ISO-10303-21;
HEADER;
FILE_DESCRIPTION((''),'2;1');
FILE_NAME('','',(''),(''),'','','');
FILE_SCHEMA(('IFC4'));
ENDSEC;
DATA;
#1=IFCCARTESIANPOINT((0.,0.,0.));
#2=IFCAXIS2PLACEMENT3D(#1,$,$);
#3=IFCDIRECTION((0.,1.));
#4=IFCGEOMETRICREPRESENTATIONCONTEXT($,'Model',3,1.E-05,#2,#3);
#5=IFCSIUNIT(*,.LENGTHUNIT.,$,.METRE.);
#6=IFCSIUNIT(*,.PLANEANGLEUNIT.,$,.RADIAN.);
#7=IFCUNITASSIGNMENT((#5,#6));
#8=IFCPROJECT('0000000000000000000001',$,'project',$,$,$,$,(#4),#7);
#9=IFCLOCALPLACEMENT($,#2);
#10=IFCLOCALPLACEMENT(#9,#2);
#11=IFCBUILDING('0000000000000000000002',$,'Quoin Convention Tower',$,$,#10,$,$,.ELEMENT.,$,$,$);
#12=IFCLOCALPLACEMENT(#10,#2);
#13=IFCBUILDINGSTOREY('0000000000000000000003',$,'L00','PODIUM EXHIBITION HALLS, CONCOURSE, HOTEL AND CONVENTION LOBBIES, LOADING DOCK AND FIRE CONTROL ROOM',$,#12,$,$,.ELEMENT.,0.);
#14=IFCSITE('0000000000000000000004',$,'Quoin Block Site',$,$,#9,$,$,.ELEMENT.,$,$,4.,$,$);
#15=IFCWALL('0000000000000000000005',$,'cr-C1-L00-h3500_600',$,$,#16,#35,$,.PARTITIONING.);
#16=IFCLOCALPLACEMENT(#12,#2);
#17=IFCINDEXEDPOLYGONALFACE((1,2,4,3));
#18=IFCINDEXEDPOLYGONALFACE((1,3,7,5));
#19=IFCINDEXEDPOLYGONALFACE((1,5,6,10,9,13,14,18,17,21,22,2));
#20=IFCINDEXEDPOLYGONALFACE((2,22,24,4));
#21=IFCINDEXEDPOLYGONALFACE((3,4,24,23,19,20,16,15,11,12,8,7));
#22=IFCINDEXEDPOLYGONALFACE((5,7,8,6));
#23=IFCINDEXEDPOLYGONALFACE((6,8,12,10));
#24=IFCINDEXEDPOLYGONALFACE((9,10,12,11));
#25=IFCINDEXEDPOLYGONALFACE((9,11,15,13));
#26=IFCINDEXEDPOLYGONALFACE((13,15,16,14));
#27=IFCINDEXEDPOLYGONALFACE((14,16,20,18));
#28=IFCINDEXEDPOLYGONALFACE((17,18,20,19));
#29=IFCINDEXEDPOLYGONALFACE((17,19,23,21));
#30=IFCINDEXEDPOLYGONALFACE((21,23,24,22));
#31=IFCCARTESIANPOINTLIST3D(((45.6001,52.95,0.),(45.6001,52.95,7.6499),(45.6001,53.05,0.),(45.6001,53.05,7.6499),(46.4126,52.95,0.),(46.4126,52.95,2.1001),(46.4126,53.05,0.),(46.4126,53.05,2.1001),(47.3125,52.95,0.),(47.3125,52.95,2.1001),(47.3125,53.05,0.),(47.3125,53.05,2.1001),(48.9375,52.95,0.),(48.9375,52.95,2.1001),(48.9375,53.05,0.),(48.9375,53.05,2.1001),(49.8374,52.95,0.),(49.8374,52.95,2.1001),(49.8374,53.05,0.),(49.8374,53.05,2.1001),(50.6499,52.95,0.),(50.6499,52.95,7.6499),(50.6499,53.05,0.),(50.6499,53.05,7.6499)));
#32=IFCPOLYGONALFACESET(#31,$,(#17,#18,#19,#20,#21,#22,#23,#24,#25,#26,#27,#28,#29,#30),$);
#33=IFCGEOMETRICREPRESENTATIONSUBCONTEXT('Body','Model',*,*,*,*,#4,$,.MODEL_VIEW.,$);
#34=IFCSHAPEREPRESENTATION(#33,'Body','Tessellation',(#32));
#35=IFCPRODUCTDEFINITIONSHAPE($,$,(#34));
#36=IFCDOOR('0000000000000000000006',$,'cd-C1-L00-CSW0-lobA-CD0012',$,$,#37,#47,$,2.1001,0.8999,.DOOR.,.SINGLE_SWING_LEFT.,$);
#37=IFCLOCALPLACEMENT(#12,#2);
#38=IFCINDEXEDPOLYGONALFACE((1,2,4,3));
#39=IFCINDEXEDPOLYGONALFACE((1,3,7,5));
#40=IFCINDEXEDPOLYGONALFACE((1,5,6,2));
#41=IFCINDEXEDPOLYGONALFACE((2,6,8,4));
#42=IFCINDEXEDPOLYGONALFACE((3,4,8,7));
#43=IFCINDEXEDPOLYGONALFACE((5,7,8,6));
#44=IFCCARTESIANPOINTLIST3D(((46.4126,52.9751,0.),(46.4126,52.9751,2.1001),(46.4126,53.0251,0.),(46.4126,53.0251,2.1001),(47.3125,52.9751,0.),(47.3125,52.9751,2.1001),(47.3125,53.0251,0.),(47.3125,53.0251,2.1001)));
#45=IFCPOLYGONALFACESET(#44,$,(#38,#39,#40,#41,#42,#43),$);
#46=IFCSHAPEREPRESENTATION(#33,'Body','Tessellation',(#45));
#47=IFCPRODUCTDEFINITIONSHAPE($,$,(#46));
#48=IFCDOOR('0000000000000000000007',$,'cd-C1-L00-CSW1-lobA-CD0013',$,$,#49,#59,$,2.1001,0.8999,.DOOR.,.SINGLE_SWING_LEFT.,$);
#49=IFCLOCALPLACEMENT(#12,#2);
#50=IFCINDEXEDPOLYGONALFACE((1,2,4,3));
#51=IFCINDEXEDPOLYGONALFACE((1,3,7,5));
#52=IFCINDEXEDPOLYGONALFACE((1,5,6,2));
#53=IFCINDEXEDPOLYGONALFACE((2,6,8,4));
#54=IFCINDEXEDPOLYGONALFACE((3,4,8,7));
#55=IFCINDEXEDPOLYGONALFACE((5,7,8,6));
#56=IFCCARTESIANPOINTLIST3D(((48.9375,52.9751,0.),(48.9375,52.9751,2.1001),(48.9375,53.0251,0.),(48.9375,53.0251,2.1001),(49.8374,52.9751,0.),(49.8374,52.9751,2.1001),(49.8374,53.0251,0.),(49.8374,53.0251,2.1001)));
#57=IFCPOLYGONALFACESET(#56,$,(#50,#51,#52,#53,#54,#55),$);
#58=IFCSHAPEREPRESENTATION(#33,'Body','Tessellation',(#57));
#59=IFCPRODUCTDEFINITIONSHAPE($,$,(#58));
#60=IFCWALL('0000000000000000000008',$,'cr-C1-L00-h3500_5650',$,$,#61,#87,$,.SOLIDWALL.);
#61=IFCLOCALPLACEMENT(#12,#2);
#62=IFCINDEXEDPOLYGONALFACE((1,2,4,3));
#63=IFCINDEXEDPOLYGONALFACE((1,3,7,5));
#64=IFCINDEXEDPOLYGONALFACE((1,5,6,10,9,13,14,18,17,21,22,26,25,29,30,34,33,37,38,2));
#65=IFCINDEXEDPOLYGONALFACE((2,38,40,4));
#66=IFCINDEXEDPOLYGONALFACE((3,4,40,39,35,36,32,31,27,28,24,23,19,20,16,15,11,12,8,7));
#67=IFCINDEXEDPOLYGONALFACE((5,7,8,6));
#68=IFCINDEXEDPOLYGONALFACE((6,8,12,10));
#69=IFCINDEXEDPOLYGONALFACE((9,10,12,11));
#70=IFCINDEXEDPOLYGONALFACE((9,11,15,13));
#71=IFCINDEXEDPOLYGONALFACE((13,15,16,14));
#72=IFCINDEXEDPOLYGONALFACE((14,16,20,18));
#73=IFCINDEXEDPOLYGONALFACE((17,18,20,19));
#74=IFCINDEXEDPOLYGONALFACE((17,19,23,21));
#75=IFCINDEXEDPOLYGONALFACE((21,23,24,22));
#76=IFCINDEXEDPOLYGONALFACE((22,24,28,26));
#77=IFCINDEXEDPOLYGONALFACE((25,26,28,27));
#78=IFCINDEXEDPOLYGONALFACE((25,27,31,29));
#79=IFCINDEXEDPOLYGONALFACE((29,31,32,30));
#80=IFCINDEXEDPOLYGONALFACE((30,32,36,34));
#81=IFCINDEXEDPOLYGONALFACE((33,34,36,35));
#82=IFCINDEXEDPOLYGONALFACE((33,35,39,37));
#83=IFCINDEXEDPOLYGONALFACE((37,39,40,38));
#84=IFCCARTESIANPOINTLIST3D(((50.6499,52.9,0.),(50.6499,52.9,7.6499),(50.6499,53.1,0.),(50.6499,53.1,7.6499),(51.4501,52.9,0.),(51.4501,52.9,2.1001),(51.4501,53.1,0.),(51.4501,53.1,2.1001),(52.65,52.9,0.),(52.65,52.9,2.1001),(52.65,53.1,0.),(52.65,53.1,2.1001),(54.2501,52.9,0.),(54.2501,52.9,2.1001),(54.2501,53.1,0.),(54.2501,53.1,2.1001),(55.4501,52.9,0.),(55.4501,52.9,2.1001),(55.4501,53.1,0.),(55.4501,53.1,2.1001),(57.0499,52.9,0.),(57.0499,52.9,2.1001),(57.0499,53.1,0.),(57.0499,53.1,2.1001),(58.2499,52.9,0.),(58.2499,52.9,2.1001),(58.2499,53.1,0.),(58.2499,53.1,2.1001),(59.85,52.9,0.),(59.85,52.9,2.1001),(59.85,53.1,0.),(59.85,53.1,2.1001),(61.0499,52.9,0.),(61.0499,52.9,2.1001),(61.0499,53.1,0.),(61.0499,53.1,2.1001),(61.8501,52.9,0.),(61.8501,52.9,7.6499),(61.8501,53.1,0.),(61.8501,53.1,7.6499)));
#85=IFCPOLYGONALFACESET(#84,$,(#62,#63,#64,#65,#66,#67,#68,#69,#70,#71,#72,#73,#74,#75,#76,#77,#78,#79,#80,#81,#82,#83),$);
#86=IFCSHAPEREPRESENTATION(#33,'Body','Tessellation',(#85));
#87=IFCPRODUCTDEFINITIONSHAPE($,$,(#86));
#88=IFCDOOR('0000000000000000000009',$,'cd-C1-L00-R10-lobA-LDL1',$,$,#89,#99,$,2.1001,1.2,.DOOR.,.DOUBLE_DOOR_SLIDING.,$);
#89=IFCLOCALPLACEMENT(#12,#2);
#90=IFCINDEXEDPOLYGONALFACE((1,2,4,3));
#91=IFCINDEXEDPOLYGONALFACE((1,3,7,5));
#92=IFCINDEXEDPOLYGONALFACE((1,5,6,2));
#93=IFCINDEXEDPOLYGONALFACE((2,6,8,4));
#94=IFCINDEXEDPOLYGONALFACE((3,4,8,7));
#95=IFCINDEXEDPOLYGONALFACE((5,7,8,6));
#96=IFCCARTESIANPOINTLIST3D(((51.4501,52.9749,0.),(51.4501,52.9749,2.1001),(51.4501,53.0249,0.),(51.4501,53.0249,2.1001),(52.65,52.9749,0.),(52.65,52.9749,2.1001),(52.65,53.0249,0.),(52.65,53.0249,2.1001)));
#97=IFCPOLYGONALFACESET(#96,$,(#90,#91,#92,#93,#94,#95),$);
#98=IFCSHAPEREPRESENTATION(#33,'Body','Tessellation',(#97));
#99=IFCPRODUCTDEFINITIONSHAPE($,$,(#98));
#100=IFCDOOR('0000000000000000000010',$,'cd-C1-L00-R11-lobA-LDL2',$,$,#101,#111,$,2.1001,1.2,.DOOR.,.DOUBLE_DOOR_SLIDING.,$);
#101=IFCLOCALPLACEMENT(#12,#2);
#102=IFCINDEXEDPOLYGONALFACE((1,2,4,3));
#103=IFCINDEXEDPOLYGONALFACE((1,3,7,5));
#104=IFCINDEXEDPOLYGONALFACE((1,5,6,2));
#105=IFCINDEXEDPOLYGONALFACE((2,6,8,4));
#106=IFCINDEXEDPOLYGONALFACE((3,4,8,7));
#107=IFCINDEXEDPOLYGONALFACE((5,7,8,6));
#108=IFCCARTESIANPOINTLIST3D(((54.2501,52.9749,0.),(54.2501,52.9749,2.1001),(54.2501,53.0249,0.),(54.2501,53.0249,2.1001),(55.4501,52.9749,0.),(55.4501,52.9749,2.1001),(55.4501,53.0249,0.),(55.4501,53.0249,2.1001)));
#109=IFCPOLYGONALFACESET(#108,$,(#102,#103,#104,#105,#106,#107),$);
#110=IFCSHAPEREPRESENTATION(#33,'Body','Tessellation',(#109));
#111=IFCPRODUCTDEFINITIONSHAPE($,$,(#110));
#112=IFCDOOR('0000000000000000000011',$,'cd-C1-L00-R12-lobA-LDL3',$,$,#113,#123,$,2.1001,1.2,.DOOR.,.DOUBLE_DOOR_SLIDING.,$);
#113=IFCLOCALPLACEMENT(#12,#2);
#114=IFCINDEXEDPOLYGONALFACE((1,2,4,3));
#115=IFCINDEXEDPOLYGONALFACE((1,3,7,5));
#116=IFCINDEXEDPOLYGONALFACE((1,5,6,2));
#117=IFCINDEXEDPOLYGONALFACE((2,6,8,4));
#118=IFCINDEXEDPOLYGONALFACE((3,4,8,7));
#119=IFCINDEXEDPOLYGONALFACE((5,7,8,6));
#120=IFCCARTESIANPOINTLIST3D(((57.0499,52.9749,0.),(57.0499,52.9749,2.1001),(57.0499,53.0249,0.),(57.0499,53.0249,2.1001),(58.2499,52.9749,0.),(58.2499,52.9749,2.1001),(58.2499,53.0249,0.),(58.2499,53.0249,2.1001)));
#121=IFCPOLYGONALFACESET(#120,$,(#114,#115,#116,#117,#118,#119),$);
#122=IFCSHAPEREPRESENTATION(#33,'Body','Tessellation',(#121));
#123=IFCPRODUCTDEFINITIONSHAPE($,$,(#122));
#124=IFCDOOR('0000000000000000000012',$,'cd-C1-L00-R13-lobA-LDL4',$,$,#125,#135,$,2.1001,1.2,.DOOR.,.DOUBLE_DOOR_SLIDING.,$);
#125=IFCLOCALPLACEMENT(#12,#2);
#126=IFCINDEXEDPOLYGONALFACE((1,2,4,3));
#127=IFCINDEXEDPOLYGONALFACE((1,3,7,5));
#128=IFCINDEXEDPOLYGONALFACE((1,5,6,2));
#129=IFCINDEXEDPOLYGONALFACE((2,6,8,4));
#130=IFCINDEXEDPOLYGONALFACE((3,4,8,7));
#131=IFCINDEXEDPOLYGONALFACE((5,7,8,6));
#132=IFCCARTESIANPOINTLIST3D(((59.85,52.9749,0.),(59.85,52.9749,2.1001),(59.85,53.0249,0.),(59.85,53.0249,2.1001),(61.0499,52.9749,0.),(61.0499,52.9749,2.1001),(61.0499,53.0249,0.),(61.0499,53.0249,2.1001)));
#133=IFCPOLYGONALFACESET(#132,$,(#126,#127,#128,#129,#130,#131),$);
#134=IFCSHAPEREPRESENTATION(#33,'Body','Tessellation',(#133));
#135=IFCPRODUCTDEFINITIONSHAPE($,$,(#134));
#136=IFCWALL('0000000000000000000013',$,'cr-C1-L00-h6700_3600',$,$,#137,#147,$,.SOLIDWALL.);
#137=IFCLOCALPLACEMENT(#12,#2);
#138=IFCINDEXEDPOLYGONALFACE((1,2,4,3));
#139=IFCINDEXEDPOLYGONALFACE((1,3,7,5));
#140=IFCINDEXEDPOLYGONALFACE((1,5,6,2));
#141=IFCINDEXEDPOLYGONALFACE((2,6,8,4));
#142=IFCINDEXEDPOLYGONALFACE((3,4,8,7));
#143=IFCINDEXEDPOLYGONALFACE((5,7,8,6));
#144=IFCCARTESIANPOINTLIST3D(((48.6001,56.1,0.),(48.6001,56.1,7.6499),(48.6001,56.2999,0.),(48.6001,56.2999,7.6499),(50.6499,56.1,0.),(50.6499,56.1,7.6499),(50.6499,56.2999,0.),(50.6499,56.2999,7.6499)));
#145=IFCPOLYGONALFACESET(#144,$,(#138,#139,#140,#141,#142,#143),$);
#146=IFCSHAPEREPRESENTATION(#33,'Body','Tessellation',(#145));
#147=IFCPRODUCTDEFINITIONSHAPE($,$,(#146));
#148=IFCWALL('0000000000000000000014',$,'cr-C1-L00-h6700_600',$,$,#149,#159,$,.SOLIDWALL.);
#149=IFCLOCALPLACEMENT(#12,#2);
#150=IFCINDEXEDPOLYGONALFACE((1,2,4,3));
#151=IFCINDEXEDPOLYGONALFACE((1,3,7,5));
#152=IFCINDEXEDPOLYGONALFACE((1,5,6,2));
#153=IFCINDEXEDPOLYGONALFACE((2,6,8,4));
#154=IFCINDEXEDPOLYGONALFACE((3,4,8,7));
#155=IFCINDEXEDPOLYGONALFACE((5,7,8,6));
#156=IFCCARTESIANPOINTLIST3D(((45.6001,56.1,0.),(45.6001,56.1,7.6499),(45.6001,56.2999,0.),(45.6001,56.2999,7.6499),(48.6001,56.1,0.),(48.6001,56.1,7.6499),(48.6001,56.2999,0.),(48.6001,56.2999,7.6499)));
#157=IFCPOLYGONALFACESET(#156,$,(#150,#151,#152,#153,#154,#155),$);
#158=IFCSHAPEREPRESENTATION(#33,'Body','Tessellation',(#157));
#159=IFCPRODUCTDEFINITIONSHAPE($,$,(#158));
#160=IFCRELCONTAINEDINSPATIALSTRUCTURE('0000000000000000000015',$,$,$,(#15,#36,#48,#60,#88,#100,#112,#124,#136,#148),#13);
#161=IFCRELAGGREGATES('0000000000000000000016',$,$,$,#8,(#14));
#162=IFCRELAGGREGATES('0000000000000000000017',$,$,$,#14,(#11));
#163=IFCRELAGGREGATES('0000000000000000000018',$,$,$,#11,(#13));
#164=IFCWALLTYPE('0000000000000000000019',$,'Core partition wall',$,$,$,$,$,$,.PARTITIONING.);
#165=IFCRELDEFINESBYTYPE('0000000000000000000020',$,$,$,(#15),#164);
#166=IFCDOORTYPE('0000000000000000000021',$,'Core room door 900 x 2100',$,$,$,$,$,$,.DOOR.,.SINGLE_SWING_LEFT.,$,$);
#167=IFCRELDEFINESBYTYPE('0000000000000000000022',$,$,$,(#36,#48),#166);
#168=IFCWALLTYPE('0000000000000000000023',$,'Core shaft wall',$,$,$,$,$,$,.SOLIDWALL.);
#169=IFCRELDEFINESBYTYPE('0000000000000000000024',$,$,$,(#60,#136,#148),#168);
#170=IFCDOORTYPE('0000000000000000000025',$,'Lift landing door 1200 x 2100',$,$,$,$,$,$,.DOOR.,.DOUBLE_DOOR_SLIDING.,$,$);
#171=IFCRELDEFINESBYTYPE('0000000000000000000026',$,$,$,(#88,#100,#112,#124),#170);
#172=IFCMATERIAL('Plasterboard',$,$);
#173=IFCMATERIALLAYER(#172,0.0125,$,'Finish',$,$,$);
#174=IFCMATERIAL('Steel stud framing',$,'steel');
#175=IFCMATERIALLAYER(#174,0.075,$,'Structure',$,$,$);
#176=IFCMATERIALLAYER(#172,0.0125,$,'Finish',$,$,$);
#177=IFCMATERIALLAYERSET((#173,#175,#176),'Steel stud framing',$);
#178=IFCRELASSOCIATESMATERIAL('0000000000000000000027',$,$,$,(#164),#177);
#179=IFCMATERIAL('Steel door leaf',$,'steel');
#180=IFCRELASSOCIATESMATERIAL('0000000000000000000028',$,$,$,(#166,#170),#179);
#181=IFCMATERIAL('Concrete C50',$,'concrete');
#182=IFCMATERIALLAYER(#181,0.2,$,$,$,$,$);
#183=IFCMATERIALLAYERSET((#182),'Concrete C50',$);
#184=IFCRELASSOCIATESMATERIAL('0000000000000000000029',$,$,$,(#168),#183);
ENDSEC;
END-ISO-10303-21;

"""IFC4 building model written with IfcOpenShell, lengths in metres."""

from ifc_helpers import new_model, si_unit, direction, frame, frame_2d, origin, place, context, subcontext, project, spatial, rectangle, extrude, material, layer, layer_set, type_object, element, fill, save


model = new_model("IFC4")

# Units and contexts
model_context = context("Model", 3, precision=1e-05, world=origin(), true_north=direction((0.0, 1.0)))
body_context = subcontext(model_context, "Body", "Model", "MODEL_VIEW")
ifc_project = project(units=[si_unit("LENGTHUNIT", "METRE"), si_unit("PLANEANGLEUNIT", "RADIAN")], contexts=[model_context])

# Site, building, storey
site_placement = place(None, origin())
site = spatial("IfcSite", under=ifc_project, at=site_placement, Name="Quoin Block Site", CompositionType="ELEMENT", RefElevation=4.0)
building_placement = place(site_placement, origin())
building = spatial("IfcBuilding", under=site, at=building_placement, Name="Quoin Convention Tower", CompositionType="ELEMENT")
storey_placement = place(building_placement, origin())
storey = spatial("IfcBuildingStorey", under=building, at=storey_placement, Name="L00", Description="PODIUM EXHIBITION HALLS, CONCOURSE, HOTEL AND CONVENTION LOBBIES, LOADING DOCK AND FIRE CONTROL ROOM", CompositionType="ELEMENT", Elevation=0.0)

# Walls, openings, doors
ifc_material_1 = material(Name="Plasterboard")
ifc_layer_1 = layer(ifc_material_1, 0.0125, Name="Finish")
ifc_material_2 = material(Name="Steel stud framing", Category="steel")
ifc_layer_2 = layer(ifc_material_2, 0.075, Name="Structure")
ifc_layer_3 = layer(ifc_material_1, 0.0125, Name="Finish")
ifc_layer_set_1 = layer_set([ifc_layer_1, ifc_layer_2, ifc_layer_3], Name="Steel stud framing")
wall_type_1 = type_object("IfcWallType", Name="Core partition wall", PredefinedType="PARTITIONING", material=ifc_layer_set_1)
wall_1_placement = place(storey_placement, frame((45.6001, 53.0, 0.0), z_axis=(0.0, 0.0, 1.0), x_axis=(1.0, 0.0, 0.0)))
wall_1 = element("IfcWall", 1, at=wall_1_placement, inside=storey, type_object=wall_type_1, Name="cr-C1-L00-h3500_600", PredefinedType="PARTITIONING", context=body_context, shape_type="SweptSolid", body=[
    extrude(rectangle(XDim=5.0498, YDim=0.1001, at=frame_2d((2.5249, 0.0))), origin(), (0.0, 0.0, 1.0), 7.6499),
])
opening_1_placement = place(wall_1_placement, frame((0.8125, 0.0, 0.0)))
opening_1 = element("IfcOpeningElement", 2, at=opening_1_placement, cuts=wall_1, PredefinedType="OPENING", context=body_context, shape_type="SweptSolid", body=[
    extrude(rectangle(XDim=0.8999, YDim=2.1001, at=frame_2d((0.45, 1.05))), frame((0.0, 0.0601, 0.0), z_axis=(0.0, -1.0, 0.0), x_axis=(1.0, 0.0, 0.0)), (0.0, 0.0, 1.0), 0.1201),
])
opening_2_placement = place(wall_1_placement, frame((3.3374, 0.0, 0.0)))
opening_2 = element("IfcOpeningElement", 3, at=opening_2_placement, cuts=wall_1, PredefinedType="OPENING", context=body_context, shape_type="SweptSolid", body=[
    extrude(rectangle(XDim=0.8999, YDim=2.1001, at=frame_2d((0.45, 1.05))), frame((0.0, 0.0601, 0.0), z_axis=(0.0, -1.0, 0.0), x_axis=(1.0, 0.0, 0.0)), (0.0, 0.0, 1.0), 0.1201),
])
ifc_material_3 = material(Name="Steel door leaf", Category="steel")
door_type_1 = type_object("IfcDoorType", Name="Core room door 900 x 2100", OperationType="SINGLE_SWING_LEFT", PredefinedType="DOOR", material=ifc_material_3)
door_1_placement = place(opening_1_placement, frame((0.8999, 0.0, 0.0), z_axis=(0.0, 0.0, 1.0), x_axis=(-1.0, 0.0, 0.0)))
door_1 = element("IfcDoor", 4, at=door_1_placement, inside=storey, type_object=door_type_1, Name="cd-C1-L00-CSW0-lobA-CD0012", OperationType="SINGLE_SWING_LEFT", OverallHeight=2.1001, OverallWidth=0.8999, PredefinedType="DOOR", context=body_context, shape_type="SweptSolid", body=[
    extrude(rectangle(XDim=0.8999, YDim=2.1001, at=frame_2d((0.45, 1.05))), frame((0.0, 0.0249, 0.0), z_axis=(0.0, -1.0, 0.0), x_axis=(1.0, 0.0, 0.0)), (0.0, 0.0, 1.0), 0.05),
])
fill(opening_1, door_1)
door_2_placement = place(opening_2_placement, frame((0.8999, 0.0, 0.0), z_axis=(0.0, 0.0, 1.0), x_axis=(-1.0, 0.0, 0.0)))
door_2 = element("IfcDoor", 5, at=door_2_placement, inside=storey, type_object=door_type_1, Name="cd-C1-L00-CSW1-lobA-CD0013", OperationType="SINGLE_SWING_LEFT", OverallHeight=2.1001, OverallWidth=0.8999, PredefinedType="DOOR", context=body_context, shape_type="SweptSolid", body=[
    extrude(rectangle(XDim=0.8999, YDim=2.1001, at=frame_2d((0.45, 1.05))), frame((0.0, 0.0249, 0.0), z_axis=(0.0, -1.0, 0.0), x_axis=(1.0, 0.0, 0.0)), (0.0, 0.0, 1.0), 0.05),
])
fill(opening_2, door_2)
ifc_material_4 = material(Name="Concrete C50", Category="concrete")
ifc_layer_4 = layer(ifc_material_4, 0.2)
ifc_layer_set_2 = layer_set([ifc_layer_4], Name="Concrete C50")
wall_type_2 = type_object("IfcWallType", Name="Core shaft wall", PredefinedType="SOLIDWALL", material=ifc_layer_set_2)
wall_2_placement = place(storey_placement, frame((50.6499, 53.0, 0.0), z_axis=(0.0, 0.0, 1.0), x_axis=(1.0, 0.0, 0.0)))
wall_2 = element("IfcWall", 6, at=wall_2_placement, inside=storey, type_object=wall_type_2, Name="cr-C1-L00-h3500_5650", PredefinedType="SOLIDWALL", context=body_context, shape_type="SweptSolid", body=[
    extrude(rectangle(XDim=11.2002, YDim=0.2, at=frame_2d((5.6001, 0.0))), origin(), (0.0, 0.0, 1.0), 7.6499),
])
opening_3_placement = place(wall_2_placement, frame((0.8, 0.0, 0.0)))
opening_3 = element("IfcOpeningElement", 7, at=opening_3_placement, cuts=wall_2, PredefinedType="OPENING", context=body_context, shape_type="SweptSolid", body=[
    extrude(rectangle(XDim=1.2, YDim=2.1001, at=frame_2d((0.6001, 1.05))), frame((0.0, 0.1099, 0.0), z_axis=(0.0, -1.0, 0.0), x_axis=(1.0, 0.0, 0.0)), (0.0, 0.0, 1.0), 0.22),
])
opening_4_placement = place(wall_2_placement, frame((3.6001, 0.0, 0.0)))
opening_4 = element("IfcOpeningElement", 8, at=opening_4_placement, cuts=wall_2, PredefinedType="OPENING", context=body_context, shape_type="SweptSolid", body=[
    extrude(rectangle(XDim=1.2, YDim=2.1001, at=frame_2d((0.6001, 1.05))), frame((0.0, 0.1099, 0.0), z_axis=(0.0, -1.0, 0.0), x_axis=(1.0, 0.0, 0.0)), (0.0, 0.0, 1.0), 0.22),
])
opening_5_placement = place(wall_2_placement, frame((6.3999, 0.0, 0.0)))
opening_5 = element("IfcOpeningElement", 9, at=opening_5_placement, cuts=wall_2, PredefinedType="OPENING", context=body_context, shape_type="SweptSolid", body=[
    extrude(rectangle(XDim=1.2, YDim=2.1001, at=frame_2d((0.6001, 1.05))), frame((0.0, 0.1099, 0.0), z_axis=(0.0, -1.0, 0.0), x_axis=(1.0, 0.0, 0.0)), (0.0, 0.0, 1.0), 0.22),
])
opening_6_placement = place(wall_2_placement, frame((9.2, 0.0, 0.0)))
opening_6 = element("IfcOpeningElement", 10, at=opening_6_placement, cuts=wall_2, PredefinedType="OPENING", context=body_context, shape_type="SweptSolid", body=[
    extrude(rectangle(XDim=1.2, YDim=2.1001, at=frame_2d((0.6001, 1.05))), frame((0.0, 0.1099, 0.0), z_axis=(0.0, -1.0, 0.0), x_axis=(1.0, 0.0, 0.0)), (0.0, 0.0, 1.0), 0.22),
])
door_type_2 = type_object("IfcDoorType", Name="Lift landing door 1200 x 2100", OperationType="DOUBLE_DOOR_SLIDING", PredefinedType="DOOR", material=ifc_material_3)
door_3_placement = place(opening_3_placement, origin())
door_3 = element("IfcDoor", 11, at=door_3_placement, inside=storey, type_object=door_type_2, Name="cd-C1-L00-R10-lobA-LDL1", OperationType="DOUBLE_DOOR_SLIDING", OverallHeight=2.1001, OverallWidth=1.2, PredefinedType="DOOR", context=body_context, shape_type="SweptSolid", body=[
    extrude(rectangle(XDim=1.2, YDim=2.1001, at=frame_2d((0.6001, 1.05))), frame((0.0, 0.0249, 0.0), z_axis=(0.0, -1.0, 0.0), x_axis=(1.0, 0.0, 0.0)), (0.0, 0.0, 1.0), 0.05),
])
fill(opening_3, door_3)
door_4_placement = place(opening_4_placement, origin())
door_4 = element("IfcDoor", 12, at=door_4_placement, inside=storey, type_object=door_type_2, Name="cd-C1-L00-R11-lobA-LDL2", OperationType="DOUBLE_DOOR_SLIDING", OverallHeight=2.1001, OverallWidth=1.2, PredefinedType="DOOR", context=body_context, shape_type="SweptSolid", body=[
    extrude(rectangle(XDim=1.2, YDim=2.1001, at=frame_2d((0.6001, 1.05))), frame((0.0, 0.0249, 0.0), z_axis=(0.0, -1.0, 0.0), x_axis=(1.0, 0.0, 0.0)), (0.0, 0.0, 1.0), 0.05),
])
fill(opening_4, door_4)
door_5_placement = place(opening_5_placement, origin())
door_5 = element("IfcDoor", 13, at=door_5_placement, inside=storey, type_object=door_type_2, Name="cd-C1-L00-R12-lobA-LDL3", OperationType="DOUBLE_DOOR_SLIDING", OverallHeight=2.1001, OverallWidth=1.2, PredefinedType="DOOR", context=body_context, shape_type="SweptSolid", body=[
    extrude(rectangle(XDim=1.2, YDim=2.1001, at=frame_2d((0.6001, 1.05))), frame((0.0, 0.0249, 0.0), z_axis=(0.0, -1.0, 0.0), x_axis=(1.0, 0.0, 0.0)), (0.0, 0.0, 1.0), 0.05),
])
fill(opening_5, door_5)
door_6_placement = place(opening_6_placement, origin())
door_6 = element("IfcDoor", 14, at=door_6_placement, inside=storey, type_object=door_type_2, Name="cd-C1-L00-R13-lobA-LDL4", OperationType="DOUBLE_DOOR_SLIDING", OverallHeight=2.1001, OverallWidth=1.2, PredefinedType="DOOR", context=body_context, shape_type="SweptSolid", body=[
    extrude(rectangle(XDim=1.2, YDim=2.1001, at=frame_2d((0.6001, 1.05))), frame((0.0, 0.0249, 0.0), z_axis=(0.0, -1.0, 0.0), x_axis=(1.0, 0.0, 0.0)), (0.0, 0.0, 1.0), 0.05),
])
fill(opening_6, door_6)

# Walls
wall_3_placement = place(storey_placement, frame((48.6001, 56.2, 0.0), z_axis=(0.0, 0.0, 1.0), x_axis=(1.0, 0.0, 0.0)))
element("IfcWall", 15, at=wall_3_placement, inside=storey, type_object=wall_type_2, Name="cr-C1-L00-h6700_3600", PredefinedType="SOLIDWALL", context=body_context, shape_type="SweptSolid", body=[
    extrude(rectangle(XDim=2.0498, YDim=0.2, at=frame_2d((1.0249, 0.0))), origin(), (0.0, 0.0, 1.0), 7.6499),
])
wall_4_placement = place(storey_placement, frame((45.6001, 56.2, 0.0), z_axis=(0.0, 0.0, 1.0), x_axis=(1.0, 0.0, 0.0)))
element("IfcWall", 16, at=wall_4_placement, inside=storey, type_object=wall_type_2, Name="cr-C1-L00-h6700_600", PredefinedType="SOLIDWALL", context=body_context, shape_type="SweptSolid", body=[
    extrude(rectangle(XDim=3.0, YDim=0.2, at=frame_2d((1.5, 0.0))), origin(), (0.0, 0.0, 1.0), 7.6499),
])

save(model, "model.ifc")
